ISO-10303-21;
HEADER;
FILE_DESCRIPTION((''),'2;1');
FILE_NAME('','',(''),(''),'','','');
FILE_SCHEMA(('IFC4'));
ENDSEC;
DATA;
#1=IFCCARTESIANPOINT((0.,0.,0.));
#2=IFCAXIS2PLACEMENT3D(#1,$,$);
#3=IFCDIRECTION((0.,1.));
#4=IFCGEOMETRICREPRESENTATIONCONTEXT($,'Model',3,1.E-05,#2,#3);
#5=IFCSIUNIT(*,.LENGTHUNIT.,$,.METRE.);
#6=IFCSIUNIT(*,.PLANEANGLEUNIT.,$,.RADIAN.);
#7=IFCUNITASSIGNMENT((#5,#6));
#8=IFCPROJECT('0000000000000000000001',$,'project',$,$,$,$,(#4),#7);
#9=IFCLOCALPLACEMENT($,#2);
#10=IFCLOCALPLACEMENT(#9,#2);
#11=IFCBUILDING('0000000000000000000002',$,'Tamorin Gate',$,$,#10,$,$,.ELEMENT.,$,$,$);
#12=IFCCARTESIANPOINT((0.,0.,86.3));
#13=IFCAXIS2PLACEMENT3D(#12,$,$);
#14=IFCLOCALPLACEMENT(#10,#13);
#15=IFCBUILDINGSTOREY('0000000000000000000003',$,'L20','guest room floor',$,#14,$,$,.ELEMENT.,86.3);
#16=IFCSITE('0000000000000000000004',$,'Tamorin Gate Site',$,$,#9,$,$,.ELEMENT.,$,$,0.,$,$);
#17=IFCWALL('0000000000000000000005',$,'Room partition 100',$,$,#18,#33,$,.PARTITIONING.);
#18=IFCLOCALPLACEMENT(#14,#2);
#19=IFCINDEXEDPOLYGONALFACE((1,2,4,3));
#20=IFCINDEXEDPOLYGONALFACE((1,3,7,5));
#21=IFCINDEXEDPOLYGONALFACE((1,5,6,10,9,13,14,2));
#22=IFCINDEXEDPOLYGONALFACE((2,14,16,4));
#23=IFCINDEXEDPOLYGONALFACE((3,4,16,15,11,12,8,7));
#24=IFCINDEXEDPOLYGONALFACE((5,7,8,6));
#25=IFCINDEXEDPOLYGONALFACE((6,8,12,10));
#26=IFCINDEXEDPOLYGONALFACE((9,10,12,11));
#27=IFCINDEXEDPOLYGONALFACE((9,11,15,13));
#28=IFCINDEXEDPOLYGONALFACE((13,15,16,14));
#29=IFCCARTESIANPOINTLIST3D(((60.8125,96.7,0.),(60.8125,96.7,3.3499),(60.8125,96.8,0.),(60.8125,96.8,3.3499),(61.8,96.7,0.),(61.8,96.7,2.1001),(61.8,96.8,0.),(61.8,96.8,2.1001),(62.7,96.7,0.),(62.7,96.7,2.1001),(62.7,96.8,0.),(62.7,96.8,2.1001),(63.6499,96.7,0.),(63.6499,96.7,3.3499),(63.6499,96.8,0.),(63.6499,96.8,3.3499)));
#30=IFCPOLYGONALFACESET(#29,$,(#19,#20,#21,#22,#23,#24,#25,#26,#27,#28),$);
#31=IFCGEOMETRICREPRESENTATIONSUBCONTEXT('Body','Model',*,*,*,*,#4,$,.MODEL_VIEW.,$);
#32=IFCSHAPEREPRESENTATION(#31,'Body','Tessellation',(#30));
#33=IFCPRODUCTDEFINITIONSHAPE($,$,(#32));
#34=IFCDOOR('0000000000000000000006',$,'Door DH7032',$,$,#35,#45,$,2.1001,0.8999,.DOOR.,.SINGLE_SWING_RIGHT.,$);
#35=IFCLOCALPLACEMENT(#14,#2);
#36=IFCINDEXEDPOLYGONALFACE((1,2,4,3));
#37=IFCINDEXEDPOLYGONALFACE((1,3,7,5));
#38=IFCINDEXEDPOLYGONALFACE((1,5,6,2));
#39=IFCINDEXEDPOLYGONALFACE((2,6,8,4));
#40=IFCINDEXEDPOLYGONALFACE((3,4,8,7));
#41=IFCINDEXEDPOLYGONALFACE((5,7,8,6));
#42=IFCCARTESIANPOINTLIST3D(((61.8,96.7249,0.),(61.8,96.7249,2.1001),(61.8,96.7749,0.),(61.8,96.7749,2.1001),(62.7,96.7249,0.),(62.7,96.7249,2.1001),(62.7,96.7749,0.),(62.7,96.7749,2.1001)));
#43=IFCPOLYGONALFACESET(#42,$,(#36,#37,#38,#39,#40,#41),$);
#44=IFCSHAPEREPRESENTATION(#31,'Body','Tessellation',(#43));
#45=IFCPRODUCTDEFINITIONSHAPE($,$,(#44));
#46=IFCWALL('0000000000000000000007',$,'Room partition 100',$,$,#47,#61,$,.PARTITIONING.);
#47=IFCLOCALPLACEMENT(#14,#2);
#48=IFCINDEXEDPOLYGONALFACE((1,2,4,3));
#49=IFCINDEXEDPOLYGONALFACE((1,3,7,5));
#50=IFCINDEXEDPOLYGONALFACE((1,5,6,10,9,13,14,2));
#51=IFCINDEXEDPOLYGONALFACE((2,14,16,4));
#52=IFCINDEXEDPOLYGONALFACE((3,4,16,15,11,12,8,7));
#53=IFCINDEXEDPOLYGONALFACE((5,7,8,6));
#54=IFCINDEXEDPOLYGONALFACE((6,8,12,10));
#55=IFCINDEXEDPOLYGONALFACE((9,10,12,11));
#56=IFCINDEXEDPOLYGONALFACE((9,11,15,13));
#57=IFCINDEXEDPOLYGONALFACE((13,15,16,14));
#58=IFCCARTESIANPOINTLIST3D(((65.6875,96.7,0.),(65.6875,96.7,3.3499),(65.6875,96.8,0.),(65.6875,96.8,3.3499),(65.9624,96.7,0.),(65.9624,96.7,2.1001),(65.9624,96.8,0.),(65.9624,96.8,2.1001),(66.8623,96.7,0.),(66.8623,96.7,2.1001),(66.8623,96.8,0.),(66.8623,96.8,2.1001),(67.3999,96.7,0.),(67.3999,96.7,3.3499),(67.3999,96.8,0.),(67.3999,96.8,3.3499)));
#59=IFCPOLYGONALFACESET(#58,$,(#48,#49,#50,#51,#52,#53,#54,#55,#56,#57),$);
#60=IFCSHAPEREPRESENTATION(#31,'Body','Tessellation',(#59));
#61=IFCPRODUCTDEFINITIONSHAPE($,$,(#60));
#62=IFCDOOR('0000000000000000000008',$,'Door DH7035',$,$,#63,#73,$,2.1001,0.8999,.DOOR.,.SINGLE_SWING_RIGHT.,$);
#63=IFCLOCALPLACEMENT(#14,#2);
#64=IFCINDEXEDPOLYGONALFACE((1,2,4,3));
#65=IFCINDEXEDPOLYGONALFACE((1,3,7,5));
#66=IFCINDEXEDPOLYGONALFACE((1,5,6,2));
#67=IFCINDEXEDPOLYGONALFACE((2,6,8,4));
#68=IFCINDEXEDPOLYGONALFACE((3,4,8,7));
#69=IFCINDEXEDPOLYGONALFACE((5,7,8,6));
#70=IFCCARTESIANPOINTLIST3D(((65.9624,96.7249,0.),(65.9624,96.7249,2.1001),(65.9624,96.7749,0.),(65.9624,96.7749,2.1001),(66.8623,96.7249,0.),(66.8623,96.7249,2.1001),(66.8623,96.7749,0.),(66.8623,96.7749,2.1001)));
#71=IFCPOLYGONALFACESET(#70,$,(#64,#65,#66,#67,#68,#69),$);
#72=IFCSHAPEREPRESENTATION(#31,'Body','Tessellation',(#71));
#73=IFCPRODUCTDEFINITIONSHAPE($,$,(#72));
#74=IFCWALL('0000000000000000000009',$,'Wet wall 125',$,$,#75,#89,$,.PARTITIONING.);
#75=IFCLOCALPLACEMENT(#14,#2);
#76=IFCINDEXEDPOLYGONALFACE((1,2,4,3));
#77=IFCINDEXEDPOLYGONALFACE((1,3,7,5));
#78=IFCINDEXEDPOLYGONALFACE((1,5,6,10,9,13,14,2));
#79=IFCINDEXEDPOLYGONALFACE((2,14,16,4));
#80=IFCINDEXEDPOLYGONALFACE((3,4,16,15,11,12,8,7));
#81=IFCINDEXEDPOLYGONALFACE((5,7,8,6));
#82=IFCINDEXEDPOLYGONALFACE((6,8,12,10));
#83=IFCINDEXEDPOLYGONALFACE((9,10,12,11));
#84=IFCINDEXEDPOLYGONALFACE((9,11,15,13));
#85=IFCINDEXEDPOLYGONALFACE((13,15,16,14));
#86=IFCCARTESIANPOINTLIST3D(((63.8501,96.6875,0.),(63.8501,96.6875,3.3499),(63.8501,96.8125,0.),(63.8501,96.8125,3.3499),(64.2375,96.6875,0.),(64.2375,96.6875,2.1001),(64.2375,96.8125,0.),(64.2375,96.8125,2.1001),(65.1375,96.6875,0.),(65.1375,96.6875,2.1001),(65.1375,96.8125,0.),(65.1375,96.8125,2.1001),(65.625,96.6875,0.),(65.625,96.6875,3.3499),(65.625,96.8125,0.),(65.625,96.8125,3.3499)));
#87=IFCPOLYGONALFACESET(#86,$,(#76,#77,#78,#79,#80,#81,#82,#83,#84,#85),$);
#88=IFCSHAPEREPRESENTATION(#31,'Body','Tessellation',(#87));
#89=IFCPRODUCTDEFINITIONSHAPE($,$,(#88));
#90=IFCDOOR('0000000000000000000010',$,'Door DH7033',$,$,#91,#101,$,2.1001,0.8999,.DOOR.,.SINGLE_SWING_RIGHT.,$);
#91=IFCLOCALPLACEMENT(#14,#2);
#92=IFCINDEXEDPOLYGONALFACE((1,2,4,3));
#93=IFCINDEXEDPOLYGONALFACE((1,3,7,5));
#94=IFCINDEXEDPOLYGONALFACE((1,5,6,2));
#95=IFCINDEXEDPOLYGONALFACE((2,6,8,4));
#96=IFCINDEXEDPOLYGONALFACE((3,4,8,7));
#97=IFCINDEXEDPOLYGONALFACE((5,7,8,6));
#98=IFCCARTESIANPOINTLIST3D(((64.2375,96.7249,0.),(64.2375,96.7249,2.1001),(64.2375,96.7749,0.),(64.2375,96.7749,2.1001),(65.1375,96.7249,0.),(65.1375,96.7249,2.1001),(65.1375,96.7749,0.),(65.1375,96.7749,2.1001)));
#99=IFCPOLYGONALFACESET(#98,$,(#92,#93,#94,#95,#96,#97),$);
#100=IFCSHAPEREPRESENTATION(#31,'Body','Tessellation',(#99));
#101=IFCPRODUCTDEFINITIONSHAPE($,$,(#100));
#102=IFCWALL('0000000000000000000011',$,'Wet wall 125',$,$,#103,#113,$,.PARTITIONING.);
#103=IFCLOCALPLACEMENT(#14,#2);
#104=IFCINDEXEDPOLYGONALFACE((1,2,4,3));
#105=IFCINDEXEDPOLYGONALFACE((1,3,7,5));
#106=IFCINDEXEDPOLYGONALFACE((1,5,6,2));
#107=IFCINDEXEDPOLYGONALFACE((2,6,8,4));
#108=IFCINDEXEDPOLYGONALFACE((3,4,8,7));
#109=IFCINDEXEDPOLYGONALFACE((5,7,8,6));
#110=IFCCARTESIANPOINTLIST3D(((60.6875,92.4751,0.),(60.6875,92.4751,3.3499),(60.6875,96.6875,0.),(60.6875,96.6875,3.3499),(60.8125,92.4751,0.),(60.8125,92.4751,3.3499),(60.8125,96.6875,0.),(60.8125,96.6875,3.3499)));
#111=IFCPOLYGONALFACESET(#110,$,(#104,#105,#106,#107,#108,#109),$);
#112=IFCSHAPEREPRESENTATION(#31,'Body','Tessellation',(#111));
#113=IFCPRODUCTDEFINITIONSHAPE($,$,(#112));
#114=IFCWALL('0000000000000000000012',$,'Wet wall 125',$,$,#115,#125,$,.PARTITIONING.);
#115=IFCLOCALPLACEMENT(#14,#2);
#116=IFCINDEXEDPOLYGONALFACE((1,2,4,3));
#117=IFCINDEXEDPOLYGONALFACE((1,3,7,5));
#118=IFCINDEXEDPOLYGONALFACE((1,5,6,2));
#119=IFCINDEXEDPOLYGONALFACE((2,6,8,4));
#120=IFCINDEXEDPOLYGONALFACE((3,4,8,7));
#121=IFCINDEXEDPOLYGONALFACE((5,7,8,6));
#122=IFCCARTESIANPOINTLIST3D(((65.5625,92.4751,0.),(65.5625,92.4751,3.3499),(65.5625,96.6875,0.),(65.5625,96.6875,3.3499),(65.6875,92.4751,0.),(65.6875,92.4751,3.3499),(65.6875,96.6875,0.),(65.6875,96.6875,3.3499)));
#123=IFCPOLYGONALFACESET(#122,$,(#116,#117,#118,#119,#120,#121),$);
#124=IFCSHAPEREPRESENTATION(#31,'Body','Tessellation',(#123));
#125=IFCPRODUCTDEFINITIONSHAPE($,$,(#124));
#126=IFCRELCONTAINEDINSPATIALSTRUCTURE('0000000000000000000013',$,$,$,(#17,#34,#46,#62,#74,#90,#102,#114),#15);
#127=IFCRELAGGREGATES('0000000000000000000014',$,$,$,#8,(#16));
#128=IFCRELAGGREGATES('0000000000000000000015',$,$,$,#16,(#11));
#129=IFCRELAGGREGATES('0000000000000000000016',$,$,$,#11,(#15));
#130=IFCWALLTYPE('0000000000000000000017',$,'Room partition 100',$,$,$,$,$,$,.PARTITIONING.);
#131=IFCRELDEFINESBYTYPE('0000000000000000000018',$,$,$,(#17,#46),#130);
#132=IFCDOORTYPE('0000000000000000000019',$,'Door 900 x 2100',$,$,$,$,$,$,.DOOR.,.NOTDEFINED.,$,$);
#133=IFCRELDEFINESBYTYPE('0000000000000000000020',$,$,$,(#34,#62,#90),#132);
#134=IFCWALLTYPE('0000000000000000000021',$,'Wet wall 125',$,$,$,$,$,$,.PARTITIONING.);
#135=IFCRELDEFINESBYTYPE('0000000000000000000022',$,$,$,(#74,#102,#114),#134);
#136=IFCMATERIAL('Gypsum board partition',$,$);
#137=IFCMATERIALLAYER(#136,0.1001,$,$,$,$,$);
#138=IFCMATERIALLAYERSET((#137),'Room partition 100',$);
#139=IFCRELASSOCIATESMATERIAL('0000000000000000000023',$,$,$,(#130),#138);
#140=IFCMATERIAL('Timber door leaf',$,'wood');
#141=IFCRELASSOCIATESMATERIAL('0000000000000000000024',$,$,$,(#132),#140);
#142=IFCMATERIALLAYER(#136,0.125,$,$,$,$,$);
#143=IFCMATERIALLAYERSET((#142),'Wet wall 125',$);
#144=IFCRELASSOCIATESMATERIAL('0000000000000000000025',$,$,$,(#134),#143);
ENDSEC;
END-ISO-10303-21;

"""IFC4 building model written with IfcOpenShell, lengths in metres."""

from ifc_helpers import new_model, si_unit, direction, frame, frame_2d, origin, place, context, subcontext, project, spatial, rectangle, extrude, material, layer, layer_set, type_object, element, fill, save


model = new_model("IFC4")

# Units and contexts
model_context = context("Model", 3, precision=1e-05, world=origin(), true_north=direction((0.0, 1.0)))
body_context = subcontext(model_context, "Body", "Model", "MODEL_VIEW")
ifc_project = project(units=[si_unit("LENGTHUNIT", "METRE"), si_unit("PLANEANGLEUNIT", "RADIAN")], contexts=[model_context])

# Site, building, storey
site_placement = place(None, origin())
site = spatial("IfcSite", under=ifc_project, at=site_placement, Name="Tamorin Gate Site", CompositionType="ELEMENT", RefElevation=0.0)
building_placement = place(site_placement, origin())
building = spatial("IfcBuilding", under=site, at=building_placement, Name="Tamorin Gate", CompositionType="ELEMENT")
storey_placement = place(building_placement, frame((0.0, 0.0, 86.3)))
storey = spatial("IfcBuildingStorey", under=building, at=storey_placement, Name="L20", Description="guest room floor", CompositionType="ELEMENT", Elevation=86.3)

# Shared definitions
ifc_material_1 = material(Name="Gypsum board partition")

# Walls, openings, doors
ifc_layer_1 = layer(ifc_material_1, 0.1001)
ifc_layer_set_1 = layer_set([ifc_layer_1], Name="Room partition 100")
wall_type_1 = type_object("IfcWallType", Name="Room partition 100", PredefinedType="PARTITIONING", material=ifc_layer_set_1)
wall_1_placement = place(storey_placement, frame((60.8125, 96.75, 0.0), z_axis=(0.0, 0.0, 1.0), x_axis=(1.0, 0.0, 0.0)))
wall_1 = element("IfcWall", 1, at=wall_1_placement, inside=storey, type_object=wall_type_1, Name="Room partition 100", PredefinedType="PARTITIONING", context=body_context, shape_type="SweptSolid", body=[
    extrude(rectangle(XDim=2.8374, YDim=0.1001, at=frame_2d((1.4187, 0.0))), origin(), (0.0, 0.0, 1.0), 3.3499),
])
opening_1_placement = place(wall_1_placement, frame((0.9875, 0.0, 0.0)))
opening_1 = element("IfcOpeningElement", 2, at=opening_1_placement, cuts=wall_1, PredefinedType="OPENING", context=body_context, shape_type="SweptSolid", body=[
    extrude(rectangle(XDim=0.8999, YDim=2.1001, at=frame_2d((0.45, 1.05))), frame((0.0, 0.0601, 0.0), z_axis=(0.0, -1.0, 0.0), x_axis=(1.0, 0.0, 0.0)), (0.0, 0.0, 1.0), 0.1201),
])
ifc_material_2 = material(Name="Timber door leaf", Category="wood")
door_type = type_object("IfcDoorType", Name="Door 900 x 2100", OperationType="NOTDEFINED", PredefinedType="DOOR", material=ifc_material_2)
door_1_placement = place(opening_1_placement, origin())
door_1 = element("IfcDoor", 3, at=door_1_placement, inside=storey, type_object=door_type, Name="Door DH7032", OperationType="SINGLE_SWING_RIGHT", OverallHeight=2.1001, OverallWidth=0.8999, PredefinedType="DOOR", context=body_context, shape_type="SweptSolid", body=[
    extrude(rectangle(XDim=0.8999, YDim=2.1001, at=frame_2d((0.45, 1.05))), frame((0.0, 0.0249, 0.0), z_axis=(0.0, -1.0, 0.0), x_axis=(1.0, 0.0, 0.0)), (0.0, 0.0, 1.0), 0.05),
])
fill(opening_1, door_1)
wall_2_placement = place(storey_placement, frame((65.6875, 96.75, 0.0), z_axis=(0.0, 0.0, 1.0), x_axis=(1.0, 0.0, 0.0)))
wall_2 = element("IfcWall", 4, at=wall_2_placement, inside=storey, type_object=wall_type_1, Name="Room partition 100", PredefinedType="PARTITIONING", context=body_context, shape_type="SweptSolid", body=[
    extrude(rectangle(XDim=1.7124, YDim=0.1001, at=frame_2d((0.8562, 0.0))), origin(), (0.0, 0.0, 1.0), 3.3499),
])
opening_2_placement = place(wall_2_placement, frame((0.2749, 0.0, 0.0)))
opening_2 = element("IfcOpeningElement", 5, at=opening_2_placement, cuts=wall_2, PredefinedType="OPENING", context=body_context, shape_type="SweptSolid", body=[
    extrude(rectangle(XDim=0.8999, YDim=2.1001, at=frame_2d((0.45, 1.05))), frame((0.0, 0.0601, 0.0), z_axis=(0.0, -1.0, 0.0), x_axis=(1.0, 0.0, 0.0)), (0.0, 0.0, 1.0), 0.1201),
])
door_2_placement = place(opening_2_placement, origin())
door_2 = element("IfcDoor", 6, at=door_2_placement, inside=storey, type_object=door_type, Name="Door DH7035", OperationType="SINGLE_SWING_RIGHT", OverallHeight=2.1001, OverallWidth=0.8999, PredefinedType="DOOR", context=body_context, shape_type="SweptSolid", body=[
    extrude(rectangle(XDim=0.8999, YDim=2.1001, at=frame_2d((0.45, 1.05))), frame((0.0, 0.0249, 0.0), z_axis=(0.0, -1.0, 0.0), x_axis=(1.0, 0.0, 0.0)), (0.0, 0.0, 1.0), 0.05),
])
fill(opening_2, door_2)
ifc_layer_2 = layer(ifc_material_1, 0.125)
ifc_layer_set_2 = layer_set([ifc_layer_2], Name="Wet wall 125")
wall_type_2 = type_object("IfcWallType", Name="Wet wall 125", PredefinedType="PARTITIONING", material=ifc_layer_set_2)
wall_3_placement = place(storey_placement, frame((63.8501, 96.75, 0.0), z_axis=(0.0, 0.0, 1.0), x_axis=(1.0, 0.0, 0.0)))
wall_3 = element("IfcWall", 7, at=wall_3_placement, inside=storey, type_object=wall_type_2, Name="Wet wall 125", PredefinedType="PARTITIONING", context=body_context, shape_type="SweptSolid", body=[
    extrude(rectangle(XDim=1.7749, YDim=0.125, at=frame_2d((0.8875, 0.0))), origin(), (0.0, 0.0, 1.0), 3.3499),
])
opening_3_placement = place(wall_3_placement, frame((0.3875, 0.0, 0.0)))
opening_3 = element("IfcOpeningElement", 8, at=opening_3_placement, cuts=wall_3, PredefinedType="OPENING", context=body_context, shape_type="SweptSolid", body=[
    extrude(rectangle(XDim=0.8999, YDim=2.1001, at=frame_2d((0.45, 1.05))), frame((0.0, 0.0725, 0.0), z_axis=(0.0, -1.0, 0.0), x_axis=(1.0, 0.0, 0.0)), (0.0, 0.0, 1.0), 0.145),
])
door_3_placement = place(opening_3_placement, origin())
door_3 = element("IfcDoor", 9, at=door_3_placement, inside=storey, type_object=door_type, Name="Door DH7033", OperationType="SINGLE_SWING_RIGHT", OverallHeight=2.1001, OverallWidth=0.8999, PredefinedType="DOOR", context=body_context, shape_type="SweptSolid", body=[
    extrude(rectangle(XDim=0.8999, YDim=2.1001, at=frame_2d((0.45, 1.05))), frame((0.0, 0.0249, 0.0), z_axis=(0.0, -1.0, 0.0), x_axis=(1.0, 0.0, 0.0)), (0.0, 0.0, 1.0), 0.05),
])
fill(opening_3, door_3)

# Walls
for number, where, z_axis, x_axis, name in (
    (10, (60.75, 92.4751, 0.0), (0.0, 0.0, 1.0), (0.0, 1.0, 0.0), "Wet wall 125"),
    (11, (65.625, 92.4751, 0.0), (0.0, 0.0, 1.0), (0.0, 1.0, 0.0), "Wet wall 125"),
):
    element("IfcWall", number, at=place(storey_placement, frame(where, z_axis=z_axis, x_axis=x_axis)), inside=storey, type_object=wall_type_2, Name=name, PredefinedType="PARTITIONING", context=body_context, shape_type="SweptSolid", body=[
        extrude(rectangle(XDim=4.2124, YDim=0.125, at=frame_2d((2.1062, 0.0))), origin(), (0.0, 0.0, 1.0), 3.3499),
    ])

save(model, "model.ifc")
